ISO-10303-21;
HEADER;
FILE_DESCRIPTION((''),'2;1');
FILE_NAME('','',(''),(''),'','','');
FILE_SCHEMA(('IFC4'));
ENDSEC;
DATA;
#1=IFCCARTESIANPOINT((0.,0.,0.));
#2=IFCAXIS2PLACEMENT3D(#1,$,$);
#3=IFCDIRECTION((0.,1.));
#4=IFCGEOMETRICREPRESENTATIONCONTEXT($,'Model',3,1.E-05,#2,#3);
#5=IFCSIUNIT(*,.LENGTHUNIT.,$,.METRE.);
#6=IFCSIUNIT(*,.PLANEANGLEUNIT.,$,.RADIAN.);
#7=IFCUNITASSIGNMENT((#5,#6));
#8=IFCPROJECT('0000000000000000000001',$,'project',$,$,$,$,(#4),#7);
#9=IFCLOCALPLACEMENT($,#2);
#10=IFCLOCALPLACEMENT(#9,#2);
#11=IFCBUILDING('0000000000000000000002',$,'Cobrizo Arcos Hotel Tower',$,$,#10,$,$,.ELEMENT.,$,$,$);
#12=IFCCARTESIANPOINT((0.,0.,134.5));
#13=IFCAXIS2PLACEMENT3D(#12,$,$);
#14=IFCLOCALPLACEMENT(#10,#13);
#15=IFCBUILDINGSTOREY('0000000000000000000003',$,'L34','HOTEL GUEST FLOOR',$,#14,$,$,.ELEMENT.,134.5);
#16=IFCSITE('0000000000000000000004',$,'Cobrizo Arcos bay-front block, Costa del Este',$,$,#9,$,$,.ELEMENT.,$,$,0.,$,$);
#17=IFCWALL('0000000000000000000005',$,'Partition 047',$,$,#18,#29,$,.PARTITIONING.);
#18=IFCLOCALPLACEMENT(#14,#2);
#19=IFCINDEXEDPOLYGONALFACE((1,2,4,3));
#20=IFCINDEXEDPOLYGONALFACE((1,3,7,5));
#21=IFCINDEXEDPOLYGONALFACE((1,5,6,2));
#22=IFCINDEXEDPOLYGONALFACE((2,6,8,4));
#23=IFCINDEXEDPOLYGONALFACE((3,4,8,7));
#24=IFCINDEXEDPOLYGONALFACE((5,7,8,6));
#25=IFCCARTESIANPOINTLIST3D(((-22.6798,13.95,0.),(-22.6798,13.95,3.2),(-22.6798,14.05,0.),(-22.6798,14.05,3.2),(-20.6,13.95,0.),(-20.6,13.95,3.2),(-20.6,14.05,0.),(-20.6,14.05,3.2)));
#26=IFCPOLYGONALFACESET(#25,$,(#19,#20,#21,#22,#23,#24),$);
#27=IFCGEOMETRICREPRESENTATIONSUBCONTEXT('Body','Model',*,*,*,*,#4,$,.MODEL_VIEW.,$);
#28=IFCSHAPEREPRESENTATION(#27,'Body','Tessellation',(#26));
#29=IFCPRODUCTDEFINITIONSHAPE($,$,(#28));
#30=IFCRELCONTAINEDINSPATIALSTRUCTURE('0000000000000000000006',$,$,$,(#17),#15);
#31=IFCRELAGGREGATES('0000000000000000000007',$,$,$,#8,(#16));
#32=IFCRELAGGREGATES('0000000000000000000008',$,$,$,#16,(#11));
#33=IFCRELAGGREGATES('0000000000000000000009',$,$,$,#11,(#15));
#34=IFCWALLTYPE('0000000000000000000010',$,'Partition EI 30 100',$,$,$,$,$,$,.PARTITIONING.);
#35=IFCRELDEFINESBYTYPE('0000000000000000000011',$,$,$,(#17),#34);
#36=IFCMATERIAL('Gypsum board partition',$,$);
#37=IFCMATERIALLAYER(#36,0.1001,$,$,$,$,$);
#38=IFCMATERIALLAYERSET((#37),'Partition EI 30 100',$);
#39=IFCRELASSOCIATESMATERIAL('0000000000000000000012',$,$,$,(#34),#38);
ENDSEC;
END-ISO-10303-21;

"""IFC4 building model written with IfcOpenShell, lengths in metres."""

from ifc_helpers import new_model, si_unit, direction, frame, frame_2d, origin, place, context, subcontext, project, spatial, rectangle, extrude, material, layer, layer_set, type_object, element, save


model = new_model("IFC4")

# Units and contexts
model_context = context("Model", 3, precision=1e-05, world=origin(), true_north=direction((0.0, 1.0)))
body_context = subcontext(model_context, "Body", "Model", "MODEL_VIEW")
ifc_project = project(units=[si_unit("LENGTHUNIT", "METRE"), si_unit("PLANEANGLEUNIT", "RADIAN")], contexts=[model_context])

# Site, building, storey
site_placement = place(None, origin())
site = spatial("IfcSite", under=ifc_project, at=site_placement, Name="Cobrizo Arcos bay-front block, Costa del Este", CompositionType="ELEMENT", RefElevation=0.0)
building_placement = place(site_placement, origin())
building = spatial("IfcBuilding", under=site, at=building_placement, Name="Cobrizo Arcos Hotel Tower", CompositionType="ELEMENT")
storey_placement = place(building_placement, frame((0.0, 0.0, 134.5)))
storey = spatial("IfcBuildingStorey", under=building, at=storey_placement, Name="L34", Description="HOTEL GUEST FLOOR", CompositionType="ELEMENT", Elevation=134.5)

# Shared definitions
ifc_material_1 = material(Name="Gypsum board partition")

# Wall
ifc_layer_1 = layer(ifc_material_1, 0.1001)
ifc_layer_set_1 = layer_set([ifc_layer_1], Name="Partition EI 30 100")
wall_type_1 = type_object("IfcWallType", Name="Partition EI 30 100", PredefinedType="PARTITIONING", material=ifc_layer_set_1)
wall_1_placement = place(storey_placement, frame((-22.6799, 14.0, 0.0), z_axis=(0.0, 0.0, 1.0), x_axis=(1.0, 0.0, 0.0)))
element("IfcWall", 1, at=wall_1_placement, inside=storey, type_object=wall_type_1, Name="Partition 047", PredefinedType="PARTITIONING", context=body_context, shape_type="SweptSolid", body=[
    extrude(rectangle(XDim=2.0798, YDim=0.1001, at=frame_2d((1.04, 0.0))), origin(), (0.0, 0.0, 1.0), 3.2),
])

save(model, "model.ifc")
